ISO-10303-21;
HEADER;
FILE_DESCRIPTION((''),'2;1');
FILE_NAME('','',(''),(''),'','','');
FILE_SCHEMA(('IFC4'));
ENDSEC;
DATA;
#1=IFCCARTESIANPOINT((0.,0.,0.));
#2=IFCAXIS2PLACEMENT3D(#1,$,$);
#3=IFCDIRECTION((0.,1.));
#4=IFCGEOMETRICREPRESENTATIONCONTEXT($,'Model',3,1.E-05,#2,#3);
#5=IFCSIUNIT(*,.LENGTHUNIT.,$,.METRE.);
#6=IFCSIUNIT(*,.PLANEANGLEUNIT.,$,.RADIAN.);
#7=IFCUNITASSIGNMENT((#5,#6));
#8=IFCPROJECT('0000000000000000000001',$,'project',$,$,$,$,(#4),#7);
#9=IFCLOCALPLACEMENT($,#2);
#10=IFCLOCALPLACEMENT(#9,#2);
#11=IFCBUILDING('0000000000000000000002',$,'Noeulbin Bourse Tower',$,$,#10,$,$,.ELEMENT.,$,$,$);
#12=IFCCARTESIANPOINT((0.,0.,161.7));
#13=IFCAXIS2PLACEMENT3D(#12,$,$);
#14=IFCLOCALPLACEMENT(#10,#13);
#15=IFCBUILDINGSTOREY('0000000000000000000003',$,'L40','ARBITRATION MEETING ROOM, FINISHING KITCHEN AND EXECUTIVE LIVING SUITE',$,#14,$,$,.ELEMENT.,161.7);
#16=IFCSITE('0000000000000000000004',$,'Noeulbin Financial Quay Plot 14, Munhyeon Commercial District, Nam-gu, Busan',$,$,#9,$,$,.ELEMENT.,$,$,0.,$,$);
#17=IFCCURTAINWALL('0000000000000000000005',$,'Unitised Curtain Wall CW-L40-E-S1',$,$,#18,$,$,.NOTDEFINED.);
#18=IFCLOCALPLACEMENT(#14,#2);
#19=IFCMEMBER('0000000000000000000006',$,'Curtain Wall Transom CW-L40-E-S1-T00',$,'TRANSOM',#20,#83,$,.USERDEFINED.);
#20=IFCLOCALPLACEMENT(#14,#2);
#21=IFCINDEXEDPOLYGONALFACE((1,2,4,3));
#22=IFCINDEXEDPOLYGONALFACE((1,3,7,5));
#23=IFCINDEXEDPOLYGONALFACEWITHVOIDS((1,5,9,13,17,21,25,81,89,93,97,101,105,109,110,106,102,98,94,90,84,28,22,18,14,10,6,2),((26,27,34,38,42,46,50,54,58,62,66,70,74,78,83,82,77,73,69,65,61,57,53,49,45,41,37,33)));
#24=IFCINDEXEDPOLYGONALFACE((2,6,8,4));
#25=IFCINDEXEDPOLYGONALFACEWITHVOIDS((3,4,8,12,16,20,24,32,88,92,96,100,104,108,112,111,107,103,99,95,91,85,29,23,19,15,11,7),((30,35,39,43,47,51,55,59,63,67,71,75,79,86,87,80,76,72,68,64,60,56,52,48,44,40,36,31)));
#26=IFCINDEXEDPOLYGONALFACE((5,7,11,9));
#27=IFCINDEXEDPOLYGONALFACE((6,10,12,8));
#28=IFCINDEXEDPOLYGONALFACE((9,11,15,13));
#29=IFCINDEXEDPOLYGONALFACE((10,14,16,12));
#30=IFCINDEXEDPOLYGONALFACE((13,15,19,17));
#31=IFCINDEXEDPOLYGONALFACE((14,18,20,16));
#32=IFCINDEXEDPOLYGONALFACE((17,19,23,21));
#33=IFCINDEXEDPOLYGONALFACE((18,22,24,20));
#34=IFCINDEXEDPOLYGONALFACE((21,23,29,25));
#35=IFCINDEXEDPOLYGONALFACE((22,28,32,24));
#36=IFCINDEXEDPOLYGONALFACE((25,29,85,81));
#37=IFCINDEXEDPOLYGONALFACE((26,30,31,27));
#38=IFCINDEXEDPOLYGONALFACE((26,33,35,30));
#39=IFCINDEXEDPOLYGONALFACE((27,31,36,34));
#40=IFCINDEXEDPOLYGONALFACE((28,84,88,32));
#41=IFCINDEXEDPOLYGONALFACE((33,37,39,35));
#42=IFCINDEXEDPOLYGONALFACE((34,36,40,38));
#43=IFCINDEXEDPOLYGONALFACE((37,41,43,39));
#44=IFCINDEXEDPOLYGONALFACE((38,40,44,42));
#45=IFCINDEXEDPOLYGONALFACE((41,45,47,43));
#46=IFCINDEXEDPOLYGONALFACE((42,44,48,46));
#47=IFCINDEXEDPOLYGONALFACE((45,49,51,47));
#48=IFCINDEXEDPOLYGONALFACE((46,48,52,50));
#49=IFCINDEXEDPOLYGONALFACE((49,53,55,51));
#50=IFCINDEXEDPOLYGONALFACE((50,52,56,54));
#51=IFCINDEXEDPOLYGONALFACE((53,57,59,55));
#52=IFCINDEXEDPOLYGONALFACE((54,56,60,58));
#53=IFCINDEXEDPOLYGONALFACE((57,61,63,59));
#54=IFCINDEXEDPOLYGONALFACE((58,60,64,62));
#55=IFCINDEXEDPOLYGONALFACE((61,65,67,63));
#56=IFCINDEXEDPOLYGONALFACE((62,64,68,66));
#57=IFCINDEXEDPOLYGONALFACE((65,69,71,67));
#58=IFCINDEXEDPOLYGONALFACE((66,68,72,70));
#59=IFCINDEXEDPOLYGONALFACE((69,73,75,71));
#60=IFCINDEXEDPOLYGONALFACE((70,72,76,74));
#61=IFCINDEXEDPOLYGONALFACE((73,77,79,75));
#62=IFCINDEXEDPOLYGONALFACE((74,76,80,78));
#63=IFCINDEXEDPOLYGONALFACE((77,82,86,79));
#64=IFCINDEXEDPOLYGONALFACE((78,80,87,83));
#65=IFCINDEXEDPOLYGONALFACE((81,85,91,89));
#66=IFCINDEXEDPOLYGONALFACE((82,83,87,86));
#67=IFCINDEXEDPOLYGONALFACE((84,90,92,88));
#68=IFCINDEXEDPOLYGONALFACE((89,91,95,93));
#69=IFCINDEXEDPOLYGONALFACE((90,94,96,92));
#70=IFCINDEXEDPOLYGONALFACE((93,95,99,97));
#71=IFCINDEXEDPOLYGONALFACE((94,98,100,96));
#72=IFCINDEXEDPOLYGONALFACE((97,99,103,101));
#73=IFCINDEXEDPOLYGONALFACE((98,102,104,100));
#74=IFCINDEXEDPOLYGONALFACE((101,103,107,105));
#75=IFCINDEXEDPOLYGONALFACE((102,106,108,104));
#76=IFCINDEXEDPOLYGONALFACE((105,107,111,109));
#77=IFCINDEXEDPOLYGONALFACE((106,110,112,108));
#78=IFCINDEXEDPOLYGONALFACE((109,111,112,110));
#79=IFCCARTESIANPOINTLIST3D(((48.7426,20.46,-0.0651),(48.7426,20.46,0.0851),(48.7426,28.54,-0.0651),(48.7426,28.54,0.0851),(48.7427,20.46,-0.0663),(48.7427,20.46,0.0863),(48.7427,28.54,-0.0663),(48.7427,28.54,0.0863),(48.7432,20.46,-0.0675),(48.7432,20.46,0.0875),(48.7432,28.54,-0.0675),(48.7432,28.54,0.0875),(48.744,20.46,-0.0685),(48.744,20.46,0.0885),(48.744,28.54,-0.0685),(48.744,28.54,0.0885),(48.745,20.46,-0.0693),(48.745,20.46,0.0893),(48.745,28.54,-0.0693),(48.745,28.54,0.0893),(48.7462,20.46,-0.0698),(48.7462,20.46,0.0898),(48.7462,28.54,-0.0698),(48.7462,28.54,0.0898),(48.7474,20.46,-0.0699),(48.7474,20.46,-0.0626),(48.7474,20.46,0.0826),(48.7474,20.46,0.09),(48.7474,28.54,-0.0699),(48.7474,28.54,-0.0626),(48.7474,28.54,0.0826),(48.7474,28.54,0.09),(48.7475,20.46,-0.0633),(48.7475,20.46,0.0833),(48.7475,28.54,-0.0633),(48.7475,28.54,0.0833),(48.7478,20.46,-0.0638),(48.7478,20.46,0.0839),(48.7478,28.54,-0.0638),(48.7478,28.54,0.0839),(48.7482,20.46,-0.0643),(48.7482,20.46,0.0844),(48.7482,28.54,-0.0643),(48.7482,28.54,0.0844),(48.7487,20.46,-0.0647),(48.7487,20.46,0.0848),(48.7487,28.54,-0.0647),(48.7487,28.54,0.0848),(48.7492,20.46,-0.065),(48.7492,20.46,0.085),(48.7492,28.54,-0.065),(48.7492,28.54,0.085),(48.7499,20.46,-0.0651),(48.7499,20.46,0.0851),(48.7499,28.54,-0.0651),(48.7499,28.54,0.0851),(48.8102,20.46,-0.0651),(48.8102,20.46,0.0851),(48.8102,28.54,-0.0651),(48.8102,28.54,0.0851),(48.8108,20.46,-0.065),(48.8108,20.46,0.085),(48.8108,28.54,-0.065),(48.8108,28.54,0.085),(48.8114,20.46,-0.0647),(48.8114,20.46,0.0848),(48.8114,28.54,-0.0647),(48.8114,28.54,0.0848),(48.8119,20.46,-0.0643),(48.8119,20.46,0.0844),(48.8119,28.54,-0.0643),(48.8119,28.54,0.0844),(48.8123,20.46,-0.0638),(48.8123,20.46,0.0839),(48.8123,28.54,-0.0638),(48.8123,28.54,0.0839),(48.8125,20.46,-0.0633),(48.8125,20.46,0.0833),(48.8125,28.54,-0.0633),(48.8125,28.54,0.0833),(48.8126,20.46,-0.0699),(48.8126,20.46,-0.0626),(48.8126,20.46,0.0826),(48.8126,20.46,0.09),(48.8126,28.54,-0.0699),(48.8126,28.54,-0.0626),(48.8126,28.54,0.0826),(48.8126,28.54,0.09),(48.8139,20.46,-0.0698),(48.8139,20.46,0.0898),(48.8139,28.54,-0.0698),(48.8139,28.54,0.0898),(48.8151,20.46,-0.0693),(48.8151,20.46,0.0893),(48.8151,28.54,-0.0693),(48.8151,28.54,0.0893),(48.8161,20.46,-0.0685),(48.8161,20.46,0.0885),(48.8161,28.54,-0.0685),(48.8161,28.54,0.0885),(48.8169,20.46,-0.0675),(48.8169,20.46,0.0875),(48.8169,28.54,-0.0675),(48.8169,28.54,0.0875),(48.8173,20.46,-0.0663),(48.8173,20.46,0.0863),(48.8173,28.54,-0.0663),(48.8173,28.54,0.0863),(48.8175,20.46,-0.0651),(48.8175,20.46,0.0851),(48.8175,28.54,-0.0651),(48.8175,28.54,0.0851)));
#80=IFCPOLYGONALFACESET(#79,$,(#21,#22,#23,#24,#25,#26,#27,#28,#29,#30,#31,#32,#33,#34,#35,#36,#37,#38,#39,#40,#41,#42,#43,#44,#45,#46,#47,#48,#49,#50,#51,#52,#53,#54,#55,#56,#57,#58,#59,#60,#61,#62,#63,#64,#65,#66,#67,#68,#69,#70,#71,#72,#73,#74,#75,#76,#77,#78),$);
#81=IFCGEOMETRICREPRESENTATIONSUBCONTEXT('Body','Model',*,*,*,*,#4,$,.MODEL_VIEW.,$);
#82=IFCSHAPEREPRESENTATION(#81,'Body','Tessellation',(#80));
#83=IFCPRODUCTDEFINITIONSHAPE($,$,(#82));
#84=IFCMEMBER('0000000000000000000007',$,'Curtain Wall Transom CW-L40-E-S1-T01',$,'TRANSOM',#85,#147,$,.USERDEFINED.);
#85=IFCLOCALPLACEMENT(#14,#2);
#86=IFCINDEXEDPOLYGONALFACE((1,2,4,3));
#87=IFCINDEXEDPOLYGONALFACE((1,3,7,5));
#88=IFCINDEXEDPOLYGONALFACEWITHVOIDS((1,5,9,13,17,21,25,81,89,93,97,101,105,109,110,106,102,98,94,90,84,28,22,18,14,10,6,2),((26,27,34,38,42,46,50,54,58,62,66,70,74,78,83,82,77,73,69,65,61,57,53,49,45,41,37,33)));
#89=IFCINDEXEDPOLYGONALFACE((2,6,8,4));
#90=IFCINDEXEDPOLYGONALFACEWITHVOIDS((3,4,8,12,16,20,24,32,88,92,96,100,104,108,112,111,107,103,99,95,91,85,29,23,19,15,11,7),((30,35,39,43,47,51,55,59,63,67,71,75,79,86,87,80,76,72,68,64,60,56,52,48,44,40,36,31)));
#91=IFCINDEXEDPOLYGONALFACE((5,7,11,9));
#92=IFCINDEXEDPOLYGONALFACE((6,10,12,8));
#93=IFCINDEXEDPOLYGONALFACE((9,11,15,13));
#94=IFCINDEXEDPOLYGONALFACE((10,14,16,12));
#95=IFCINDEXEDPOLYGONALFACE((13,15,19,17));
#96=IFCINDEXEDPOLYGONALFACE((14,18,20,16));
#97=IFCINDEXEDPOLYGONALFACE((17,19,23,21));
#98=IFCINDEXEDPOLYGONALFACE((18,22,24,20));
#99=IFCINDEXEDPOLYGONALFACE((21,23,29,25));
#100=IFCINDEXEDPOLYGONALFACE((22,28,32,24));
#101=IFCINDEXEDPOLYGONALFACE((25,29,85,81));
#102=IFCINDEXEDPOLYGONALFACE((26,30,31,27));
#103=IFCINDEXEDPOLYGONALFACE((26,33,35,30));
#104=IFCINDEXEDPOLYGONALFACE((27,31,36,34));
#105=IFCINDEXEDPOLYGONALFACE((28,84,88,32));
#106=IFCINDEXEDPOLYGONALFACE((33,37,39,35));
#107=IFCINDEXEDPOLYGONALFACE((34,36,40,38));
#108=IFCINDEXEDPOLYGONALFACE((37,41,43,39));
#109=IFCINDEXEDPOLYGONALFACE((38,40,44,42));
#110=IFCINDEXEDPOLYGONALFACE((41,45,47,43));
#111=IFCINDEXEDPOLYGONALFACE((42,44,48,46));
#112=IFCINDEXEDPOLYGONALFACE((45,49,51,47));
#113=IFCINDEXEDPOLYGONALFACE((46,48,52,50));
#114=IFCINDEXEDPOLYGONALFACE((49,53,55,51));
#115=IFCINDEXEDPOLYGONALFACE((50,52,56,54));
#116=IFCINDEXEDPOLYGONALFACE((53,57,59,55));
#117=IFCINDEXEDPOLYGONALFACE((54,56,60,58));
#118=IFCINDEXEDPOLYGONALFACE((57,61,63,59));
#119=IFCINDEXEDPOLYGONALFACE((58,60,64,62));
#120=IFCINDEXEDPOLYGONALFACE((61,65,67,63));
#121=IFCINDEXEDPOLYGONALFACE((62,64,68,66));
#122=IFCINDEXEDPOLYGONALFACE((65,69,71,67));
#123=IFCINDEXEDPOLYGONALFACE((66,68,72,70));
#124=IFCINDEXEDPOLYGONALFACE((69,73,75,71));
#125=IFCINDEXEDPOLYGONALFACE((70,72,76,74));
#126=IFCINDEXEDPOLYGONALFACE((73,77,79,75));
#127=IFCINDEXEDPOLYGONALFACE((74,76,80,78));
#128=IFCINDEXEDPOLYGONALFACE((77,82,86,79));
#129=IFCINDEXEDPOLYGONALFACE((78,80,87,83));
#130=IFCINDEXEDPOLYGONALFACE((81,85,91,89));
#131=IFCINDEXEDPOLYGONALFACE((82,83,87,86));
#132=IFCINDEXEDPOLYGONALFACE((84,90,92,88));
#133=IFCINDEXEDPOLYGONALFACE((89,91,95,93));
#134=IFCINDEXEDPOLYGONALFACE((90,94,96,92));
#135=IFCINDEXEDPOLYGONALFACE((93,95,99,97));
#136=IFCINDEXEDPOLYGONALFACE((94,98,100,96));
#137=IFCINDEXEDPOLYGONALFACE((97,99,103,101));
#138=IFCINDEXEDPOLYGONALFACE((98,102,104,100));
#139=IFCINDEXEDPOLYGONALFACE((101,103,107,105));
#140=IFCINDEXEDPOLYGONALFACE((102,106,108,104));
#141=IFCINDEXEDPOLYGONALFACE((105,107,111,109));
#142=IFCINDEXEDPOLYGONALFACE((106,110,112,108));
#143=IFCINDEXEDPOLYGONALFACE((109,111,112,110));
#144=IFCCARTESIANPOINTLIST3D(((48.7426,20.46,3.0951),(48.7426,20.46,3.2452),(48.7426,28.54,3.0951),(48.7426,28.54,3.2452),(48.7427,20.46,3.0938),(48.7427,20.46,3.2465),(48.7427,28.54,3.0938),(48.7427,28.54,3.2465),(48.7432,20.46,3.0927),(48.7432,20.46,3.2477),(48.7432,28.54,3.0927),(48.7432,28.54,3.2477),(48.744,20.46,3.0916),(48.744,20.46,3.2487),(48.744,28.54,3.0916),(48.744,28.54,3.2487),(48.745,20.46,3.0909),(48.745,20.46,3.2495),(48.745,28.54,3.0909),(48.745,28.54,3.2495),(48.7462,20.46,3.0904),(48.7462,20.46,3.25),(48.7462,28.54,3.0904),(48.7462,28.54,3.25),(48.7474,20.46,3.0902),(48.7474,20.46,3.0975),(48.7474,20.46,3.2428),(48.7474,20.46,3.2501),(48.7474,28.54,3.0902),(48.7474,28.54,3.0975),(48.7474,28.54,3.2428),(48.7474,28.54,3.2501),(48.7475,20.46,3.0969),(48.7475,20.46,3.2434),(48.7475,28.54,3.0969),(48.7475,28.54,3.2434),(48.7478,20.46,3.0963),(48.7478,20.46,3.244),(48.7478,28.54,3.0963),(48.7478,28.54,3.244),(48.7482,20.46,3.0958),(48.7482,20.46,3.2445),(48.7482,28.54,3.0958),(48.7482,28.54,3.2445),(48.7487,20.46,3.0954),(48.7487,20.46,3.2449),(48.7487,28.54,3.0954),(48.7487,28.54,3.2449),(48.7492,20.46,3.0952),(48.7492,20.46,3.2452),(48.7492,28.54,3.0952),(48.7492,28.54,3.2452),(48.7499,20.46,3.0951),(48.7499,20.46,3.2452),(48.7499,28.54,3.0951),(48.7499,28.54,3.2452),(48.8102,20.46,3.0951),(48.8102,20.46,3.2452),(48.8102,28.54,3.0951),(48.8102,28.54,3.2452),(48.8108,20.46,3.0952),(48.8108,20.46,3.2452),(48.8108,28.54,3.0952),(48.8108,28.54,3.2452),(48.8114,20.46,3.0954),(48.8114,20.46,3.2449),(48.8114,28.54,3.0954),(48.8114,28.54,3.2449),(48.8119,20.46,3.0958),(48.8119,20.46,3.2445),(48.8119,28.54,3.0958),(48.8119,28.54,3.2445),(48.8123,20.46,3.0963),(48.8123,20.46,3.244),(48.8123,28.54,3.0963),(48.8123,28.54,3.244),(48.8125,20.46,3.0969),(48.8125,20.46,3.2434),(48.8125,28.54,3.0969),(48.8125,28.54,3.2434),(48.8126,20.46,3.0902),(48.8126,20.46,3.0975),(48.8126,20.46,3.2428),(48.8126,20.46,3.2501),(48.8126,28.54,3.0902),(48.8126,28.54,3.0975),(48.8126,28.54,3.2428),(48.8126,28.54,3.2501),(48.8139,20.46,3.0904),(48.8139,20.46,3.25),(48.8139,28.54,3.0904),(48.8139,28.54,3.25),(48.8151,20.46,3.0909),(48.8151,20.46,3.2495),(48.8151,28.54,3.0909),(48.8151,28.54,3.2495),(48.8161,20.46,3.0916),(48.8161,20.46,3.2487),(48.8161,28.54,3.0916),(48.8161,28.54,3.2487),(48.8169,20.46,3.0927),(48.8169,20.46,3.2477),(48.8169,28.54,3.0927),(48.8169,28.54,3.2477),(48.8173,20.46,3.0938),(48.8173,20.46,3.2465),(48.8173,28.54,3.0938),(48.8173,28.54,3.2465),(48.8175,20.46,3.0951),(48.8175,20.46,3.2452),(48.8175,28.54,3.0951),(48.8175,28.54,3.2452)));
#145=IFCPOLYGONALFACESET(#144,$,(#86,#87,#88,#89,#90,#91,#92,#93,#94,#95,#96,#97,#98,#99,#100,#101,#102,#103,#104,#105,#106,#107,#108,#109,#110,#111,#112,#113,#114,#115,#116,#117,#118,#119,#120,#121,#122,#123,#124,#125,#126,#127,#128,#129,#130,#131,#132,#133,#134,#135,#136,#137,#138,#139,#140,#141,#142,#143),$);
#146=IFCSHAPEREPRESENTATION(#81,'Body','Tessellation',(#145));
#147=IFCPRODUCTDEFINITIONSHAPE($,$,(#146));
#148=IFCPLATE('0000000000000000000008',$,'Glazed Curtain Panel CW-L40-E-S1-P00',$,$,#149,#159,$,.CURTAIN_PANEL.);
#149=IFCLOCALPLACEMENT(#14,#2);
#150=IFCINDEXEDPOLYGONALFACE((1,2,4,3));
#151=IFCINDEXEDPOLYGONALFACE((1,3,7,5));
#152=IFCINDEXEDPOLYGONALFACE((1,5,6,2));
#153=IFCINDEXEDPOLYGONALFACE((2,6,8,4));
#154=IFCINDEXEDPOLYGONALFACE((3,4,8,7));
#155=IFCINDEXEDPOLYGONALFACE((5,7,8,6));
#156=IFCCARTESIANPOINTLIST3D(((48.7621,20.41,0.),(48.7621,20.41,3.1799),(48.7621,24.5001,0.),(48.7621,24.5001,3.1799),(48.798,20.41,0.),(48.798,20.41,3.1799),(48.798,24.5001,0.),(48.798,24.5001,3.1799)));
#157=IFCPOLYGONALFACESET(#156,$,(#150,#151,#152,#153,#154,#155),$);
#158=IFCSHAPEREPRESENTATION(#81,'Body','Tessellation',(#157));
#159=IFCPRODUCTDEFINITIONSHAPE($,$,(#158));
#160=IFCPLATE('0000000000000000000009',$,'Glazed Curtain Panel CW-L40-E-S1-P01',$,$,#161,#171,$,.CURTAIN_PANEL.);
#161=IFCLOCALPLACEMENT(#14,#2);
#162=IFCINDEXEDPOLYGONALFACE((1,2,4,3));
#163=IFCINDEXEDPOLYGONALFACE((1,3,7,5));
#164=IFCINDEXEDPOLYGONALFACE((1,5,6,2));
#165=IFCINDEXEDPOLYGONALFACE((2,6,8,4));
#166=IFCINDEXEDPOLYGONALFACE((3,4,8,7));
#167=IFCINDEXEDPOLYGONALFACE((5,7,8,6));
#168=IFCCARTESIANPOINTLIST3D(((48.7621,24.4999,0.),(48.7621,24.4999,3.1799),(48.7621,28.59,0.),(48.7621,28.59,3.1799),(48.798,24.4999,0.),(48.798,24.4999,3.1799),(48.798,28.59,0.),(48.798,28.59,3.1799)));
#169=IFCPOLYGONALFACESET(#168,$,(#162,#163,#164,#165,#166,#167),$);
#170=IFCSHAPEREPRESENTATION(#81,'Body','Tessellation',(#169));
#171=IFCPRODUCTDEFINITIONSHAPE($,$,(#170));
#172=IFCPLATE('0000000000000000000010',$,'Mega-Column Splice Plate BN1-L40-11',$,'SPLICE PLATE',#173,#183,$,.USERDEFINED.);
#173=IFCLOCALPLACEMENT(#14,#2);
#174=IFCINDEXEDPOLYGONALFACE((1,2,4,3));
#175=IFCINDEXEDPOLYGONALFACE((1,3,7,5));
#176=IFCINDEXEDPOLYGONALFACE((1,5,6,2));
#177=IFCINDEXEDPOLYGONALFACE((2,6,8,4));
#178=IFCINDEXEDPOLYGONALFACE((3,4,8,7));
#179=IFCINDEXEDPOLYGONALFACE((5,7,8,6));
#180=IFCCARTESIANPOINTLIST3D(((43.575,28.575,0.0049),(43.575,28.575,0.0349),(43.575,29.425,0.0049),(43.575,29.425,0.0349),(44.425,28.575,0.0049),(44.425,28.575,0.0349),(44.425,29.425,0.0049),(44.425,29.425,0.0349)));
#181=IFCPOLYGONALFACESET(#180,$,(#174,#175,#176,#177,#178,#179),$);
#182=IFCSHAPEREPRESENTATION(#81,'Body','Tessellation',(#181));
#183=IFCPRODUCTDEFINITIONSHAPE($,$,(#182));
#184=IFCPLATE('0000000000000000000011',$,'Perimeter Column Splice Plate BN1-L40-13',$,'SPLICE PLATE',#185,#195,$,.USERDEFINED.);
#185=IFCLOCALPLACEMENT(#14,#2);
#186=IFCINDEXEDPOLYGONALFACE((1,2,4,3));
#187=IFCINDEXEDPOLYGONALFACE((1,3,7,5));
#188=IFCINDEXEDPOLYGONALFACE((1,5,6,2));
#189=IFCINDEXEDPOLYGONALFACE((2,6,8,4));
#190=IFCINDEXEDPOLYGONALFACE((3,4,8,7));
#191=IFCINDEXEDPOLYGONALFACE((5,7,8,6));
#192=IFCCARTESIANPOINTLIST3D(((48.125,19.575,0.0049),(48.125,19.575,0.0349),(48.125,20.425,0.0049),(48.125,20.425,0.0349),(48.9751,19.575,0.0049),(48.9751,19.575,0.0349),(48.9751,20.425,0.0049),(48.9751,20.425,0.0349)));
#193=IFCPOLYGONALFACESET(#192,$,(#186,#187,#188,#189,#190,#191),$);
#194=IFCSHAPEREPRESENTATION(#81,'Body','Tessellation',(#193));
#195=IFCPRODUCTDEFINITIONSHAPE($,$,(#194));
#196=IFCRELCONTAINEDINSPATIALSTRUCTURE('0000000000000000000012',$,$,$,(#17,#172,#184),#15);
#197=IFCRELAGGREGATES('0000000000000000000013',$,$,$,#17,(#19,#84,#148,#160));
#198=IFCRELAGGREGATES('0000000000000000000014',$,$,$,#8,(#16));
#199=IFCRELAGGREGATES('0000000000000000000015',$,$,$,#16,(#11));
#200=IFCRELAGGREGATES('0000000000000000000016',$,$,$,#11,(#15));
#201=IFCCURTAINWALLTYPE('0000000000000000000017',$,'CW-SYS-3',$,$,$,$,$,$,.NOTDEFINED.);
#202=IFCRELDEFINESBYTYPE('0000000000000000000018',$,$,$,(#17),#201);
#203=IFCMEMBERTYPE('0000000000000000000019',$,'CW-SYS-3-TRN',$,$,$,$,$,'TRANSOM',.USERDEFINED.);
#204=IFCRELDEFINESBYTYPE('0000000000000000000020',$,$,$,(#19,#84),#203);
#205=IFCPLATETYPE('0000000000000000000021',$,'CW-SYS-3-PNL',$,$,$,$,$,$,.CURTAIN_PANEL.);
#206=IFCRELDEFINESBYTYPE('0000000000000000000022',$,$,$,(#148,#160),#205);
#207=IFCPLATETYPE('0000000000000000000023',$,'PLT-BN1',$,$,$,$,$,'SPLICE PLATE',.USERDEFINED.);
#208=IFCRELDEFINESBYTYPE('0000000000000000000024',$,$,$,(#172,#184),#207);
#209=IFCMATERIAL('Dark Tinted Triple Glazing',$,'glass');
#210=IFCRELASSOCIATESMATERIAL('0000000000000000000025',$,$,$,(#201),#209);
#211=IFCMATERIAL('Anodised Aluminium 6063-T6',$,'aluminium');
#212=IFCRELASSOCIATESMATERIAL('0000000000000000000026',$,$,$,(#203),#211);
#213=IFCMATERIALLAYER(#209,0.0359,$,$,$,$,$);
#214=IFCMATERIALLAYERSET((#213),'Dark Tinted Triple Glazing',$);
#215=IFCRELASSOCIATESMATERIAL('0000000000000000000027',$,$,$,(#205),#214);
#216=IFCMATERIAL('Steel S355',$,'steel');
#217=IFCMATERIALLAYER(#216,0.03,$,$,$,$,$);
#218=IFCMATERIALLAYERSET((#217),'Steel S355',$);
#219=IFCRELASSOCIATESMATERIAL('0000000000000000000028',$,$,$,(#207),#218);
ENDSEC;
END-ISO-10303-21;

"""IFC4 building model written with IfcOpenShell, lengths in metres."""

from ifc_helpers import new_model, si_unit, direction, frame, origin, origin_2d, place, context, subcontext, project, spatial, rectangle, hollow_rectangle, extrude, material, layer, layer_set, material_profile, profile_set, type_object, element, aggregate, save


model = new_model("IFC4")

# Units and contexts
model_context = context("Model", 3, precision=1e-05, world=origin(), true_north=direction((0.0, 1.0)))
body_context = subcontext(model_context, "Body", "Model", "MODEL_VIEW")
ifc_project = project(units=[si_unit("LENGTHUNIT", "METRE"), si_unit("PLANEANGLEUNIT", "RADIAN")], contexts=[model_context])

# Site, building, storey
site_placement = place(None, origin())
site = spatial("IfcSite", under=ifc_project, at=site_placement, Name="Noeulbin Financial Quay Plot 14, Munhyeon Commercial District, Nam-gu, Busan", CompositionType="ELEMENT", RefElevation=0.0)
building_placement = place(site_placement, origin())
building = spatial("IfcBuilding", under=site, at=building_placement, Name="Noeulbin Bourse Tower", CompositionType="ELEMENT")
storey_placement = place(building_placement, frame((0.0, 0.0, 161.7)))
storey = spatial("IfcBuildingStorey", under=building, at=storey_placement, Name="L40", Description="ARBITRATION MEETING ROOM, FINISHING KITCHEN AND EXECUTIVE LIVING SUITE", CompositionType="ELEMENT", Elevation=161.7)

# Shared definitions
ifc_material_1 = material(Name="Steel S355", Category="steel")

# Curtain wall, members, plates
ifc_material_2 = material(Name="Dark Tinted Triple Glazing", Category="glass")
curtain_wall_type = type_object("IfcCurtainWallType", Name="CW-SYS-3", PredefinedType="NOTDEFINED", material=ifc_material_2)
curtain_wall_placement = place(storey_placement, origin())
curtain_wall = element("IfcCurtainWall", 1, at=curtain_wall_placement, inside=storey, type_object=curtain_wall_type, Name="Unitised Curtain Wall CW-L40-E-S1", PredefinedType="NOTDEFINED")
ifc_material_3 = material(Name="Anodised Aluminium 6063-T6", Category="aluminium")
ifc_material_profile_1 = material_profile(ifc_material_3, hollow_rectangle(XDim=0.075, YDim=0.1599, WallThickness=0.0049, InnerFilletRadius=0.0024, OuterFilletRadius=0.0049, at=origin_2d()), Name="ALU-TRAN-75x160x5", Category="LoadBearing")
ifc_profile_set_1 = profile_set([ifc_material_profile_1], Name="Anodised Aluminium 6063-T6")
member_type_1 = type_object("IfcMemberType", Name="CW-SYS-3-TRN", ElementType="TRANSOM", PredefinedType="USERDEFINED", material=ifc_profile_set_1)
member_1_placement = place(storey_placement, frame((48.78, 20.46, 0.01), z_axis=(0.0, 1.0, 0.0), x_axis=(-1.0, 0.0, 0.0)))
member_1 = element("IfcMember", 2, at=member_1_placement, type_object=member_type_1, Name="Curtain Wall Transom CW-L40-E-S1-T00", ObjectType="TRANSOM", PredefinedType="USERDEFINED", context=body_context, shape_type="SweptSolid", body=[
    extrude(hollow_rectangle(XDim=0.075, YDim=0.1599, WallThickness=0.0049, InnerFilletRadius=0.0024, OuterFilletRadius=0.0049, at=origin_2d()), origin(), (0.0, 0.0, 1.0), 8.0801),
])
member_2_placement = place(storey_placement, frame((48.78, 20.46, 3.1702), z_axis=(0.0, 1.0, 0.0), x_axis=(-1.0, 0.0, 0.0)))
member_2 = element("IfcMember", 3, at=member_2_placement, type_object=member_type_1, Name="Curtain Wall Transom CW-L40-E-S1-T01", ObjectType="TRANSOM", PredefinedType="USERDEFINED", context=body_context, shape_type="SweptSolid", body=[
    extrude(hollow_rectangle(XDim=0.075, YDim=0.1599, WallThickness=0.0049, InnerFilletRadius=0.0024, OuterFilletRadius=0.0049, at=origin_2d()), origin(), (0.0, 0.0, 1.0), 8.0801),
])
ifc_layer_1 = layer(ifc_material_2, 0.0359)
ifc_layer_set_1 = layer_set([ifc_layer_1], Name="Dark Tinted Triple Glazing")
plate_type_1 = type_object("IfcPlateType", Name="CW-SYS-3-PNL", PredefinedType="CURTAIN_PANEL", material=ifc_layer_set_1)
plate_1_placement = place(storey_placement, frame((48.78, 22.4551, 0.0), z_axis=(0.0, 0.0, 1.0), x_axis=(0.0, 1.0, 0.0)))
plate_1 = element("IfcPlate", 4, at=plate_1_placement, type_object=plate_type_1, Name="Glazed Curtain Panel CW-L40-E-S1-P00", PredefinedType="CURTAIN_PANEL", context=body_context, shape_type="SweptSolid", body=[
    extrude(rectangle(XDim=4.0901, YDim=0.0359, at=origin_2d()), origin(), (0.0, 0.0, 1.0), 3.1799),
])
plate_2_placement = place(storey_placement, frame((48.78, 26.5449, 0.0), z_axis=(0.0, 0.0, 1.0), x_axis=(0.0, 1.0, 0.0)))
plate_2 = element("IfcPlate", 5, at=plate_2_placement, type_object=plate_type_1, Name="Glazed Curtain Panel CW-L40-E-S1-P01", PredefinedType="CURTAIN_PANEL", context=body_context, shape_type="SweptSolid", body=[
    extrude(rectangle(XDim=4.0901, YDim=0.0359, at=origin_2d()), origin(), (0.0, 0.0, 1.0), 3.1799),
])
aggregate(curtain_wall, [member_1, member_2, plate_1, plate_2])

# Plates
ifc_layer_2 = layer(ifc_material_1, 0.03)
ifc_layer_set_2 = layer_set([ifc_layer_2], Name="Steel S355")
plate_type_2 = type_object("IfcPlateType", Name="PLT-BN1", ElementType="SPLICE PLATE", PredefinedType="USERDEFINED", material=ifc_layer_set_2)
for number, where, z_axis, x_axis, name in (
    (6, (44.0, 29.0, 0.0049), (0.0, 0.0, 1.0), (1.0, 0.0, 0.0), "Mega-Column Splice Plate BN1-L40-11"),
    (7, (48.55, 20.0, 0.0049), (0.0, 0.0, 1.0), (1.0, 0.0, 0.0), "Perimeter Column Splice Plate BN1-L40-13"),
):
    element("IfcPlate", number, at=place(storey_placement, frame(where, z_axis=z_axis, x_axis=x_axis)), inside=storey, type_object=plate_type_2, Name=name, ObjectType="SPLICE PLATE", PredefinedType="USERDEFINED", context=body_context, shape_type="SweptSolid", body=[
        extrude(rectangle(XDim=0.8501, YDim=0.8501, at=origin_2d()), origin(), (0.0, 0.0, 1.0), 0.03),
    ])

save(model, "model.ifc")
